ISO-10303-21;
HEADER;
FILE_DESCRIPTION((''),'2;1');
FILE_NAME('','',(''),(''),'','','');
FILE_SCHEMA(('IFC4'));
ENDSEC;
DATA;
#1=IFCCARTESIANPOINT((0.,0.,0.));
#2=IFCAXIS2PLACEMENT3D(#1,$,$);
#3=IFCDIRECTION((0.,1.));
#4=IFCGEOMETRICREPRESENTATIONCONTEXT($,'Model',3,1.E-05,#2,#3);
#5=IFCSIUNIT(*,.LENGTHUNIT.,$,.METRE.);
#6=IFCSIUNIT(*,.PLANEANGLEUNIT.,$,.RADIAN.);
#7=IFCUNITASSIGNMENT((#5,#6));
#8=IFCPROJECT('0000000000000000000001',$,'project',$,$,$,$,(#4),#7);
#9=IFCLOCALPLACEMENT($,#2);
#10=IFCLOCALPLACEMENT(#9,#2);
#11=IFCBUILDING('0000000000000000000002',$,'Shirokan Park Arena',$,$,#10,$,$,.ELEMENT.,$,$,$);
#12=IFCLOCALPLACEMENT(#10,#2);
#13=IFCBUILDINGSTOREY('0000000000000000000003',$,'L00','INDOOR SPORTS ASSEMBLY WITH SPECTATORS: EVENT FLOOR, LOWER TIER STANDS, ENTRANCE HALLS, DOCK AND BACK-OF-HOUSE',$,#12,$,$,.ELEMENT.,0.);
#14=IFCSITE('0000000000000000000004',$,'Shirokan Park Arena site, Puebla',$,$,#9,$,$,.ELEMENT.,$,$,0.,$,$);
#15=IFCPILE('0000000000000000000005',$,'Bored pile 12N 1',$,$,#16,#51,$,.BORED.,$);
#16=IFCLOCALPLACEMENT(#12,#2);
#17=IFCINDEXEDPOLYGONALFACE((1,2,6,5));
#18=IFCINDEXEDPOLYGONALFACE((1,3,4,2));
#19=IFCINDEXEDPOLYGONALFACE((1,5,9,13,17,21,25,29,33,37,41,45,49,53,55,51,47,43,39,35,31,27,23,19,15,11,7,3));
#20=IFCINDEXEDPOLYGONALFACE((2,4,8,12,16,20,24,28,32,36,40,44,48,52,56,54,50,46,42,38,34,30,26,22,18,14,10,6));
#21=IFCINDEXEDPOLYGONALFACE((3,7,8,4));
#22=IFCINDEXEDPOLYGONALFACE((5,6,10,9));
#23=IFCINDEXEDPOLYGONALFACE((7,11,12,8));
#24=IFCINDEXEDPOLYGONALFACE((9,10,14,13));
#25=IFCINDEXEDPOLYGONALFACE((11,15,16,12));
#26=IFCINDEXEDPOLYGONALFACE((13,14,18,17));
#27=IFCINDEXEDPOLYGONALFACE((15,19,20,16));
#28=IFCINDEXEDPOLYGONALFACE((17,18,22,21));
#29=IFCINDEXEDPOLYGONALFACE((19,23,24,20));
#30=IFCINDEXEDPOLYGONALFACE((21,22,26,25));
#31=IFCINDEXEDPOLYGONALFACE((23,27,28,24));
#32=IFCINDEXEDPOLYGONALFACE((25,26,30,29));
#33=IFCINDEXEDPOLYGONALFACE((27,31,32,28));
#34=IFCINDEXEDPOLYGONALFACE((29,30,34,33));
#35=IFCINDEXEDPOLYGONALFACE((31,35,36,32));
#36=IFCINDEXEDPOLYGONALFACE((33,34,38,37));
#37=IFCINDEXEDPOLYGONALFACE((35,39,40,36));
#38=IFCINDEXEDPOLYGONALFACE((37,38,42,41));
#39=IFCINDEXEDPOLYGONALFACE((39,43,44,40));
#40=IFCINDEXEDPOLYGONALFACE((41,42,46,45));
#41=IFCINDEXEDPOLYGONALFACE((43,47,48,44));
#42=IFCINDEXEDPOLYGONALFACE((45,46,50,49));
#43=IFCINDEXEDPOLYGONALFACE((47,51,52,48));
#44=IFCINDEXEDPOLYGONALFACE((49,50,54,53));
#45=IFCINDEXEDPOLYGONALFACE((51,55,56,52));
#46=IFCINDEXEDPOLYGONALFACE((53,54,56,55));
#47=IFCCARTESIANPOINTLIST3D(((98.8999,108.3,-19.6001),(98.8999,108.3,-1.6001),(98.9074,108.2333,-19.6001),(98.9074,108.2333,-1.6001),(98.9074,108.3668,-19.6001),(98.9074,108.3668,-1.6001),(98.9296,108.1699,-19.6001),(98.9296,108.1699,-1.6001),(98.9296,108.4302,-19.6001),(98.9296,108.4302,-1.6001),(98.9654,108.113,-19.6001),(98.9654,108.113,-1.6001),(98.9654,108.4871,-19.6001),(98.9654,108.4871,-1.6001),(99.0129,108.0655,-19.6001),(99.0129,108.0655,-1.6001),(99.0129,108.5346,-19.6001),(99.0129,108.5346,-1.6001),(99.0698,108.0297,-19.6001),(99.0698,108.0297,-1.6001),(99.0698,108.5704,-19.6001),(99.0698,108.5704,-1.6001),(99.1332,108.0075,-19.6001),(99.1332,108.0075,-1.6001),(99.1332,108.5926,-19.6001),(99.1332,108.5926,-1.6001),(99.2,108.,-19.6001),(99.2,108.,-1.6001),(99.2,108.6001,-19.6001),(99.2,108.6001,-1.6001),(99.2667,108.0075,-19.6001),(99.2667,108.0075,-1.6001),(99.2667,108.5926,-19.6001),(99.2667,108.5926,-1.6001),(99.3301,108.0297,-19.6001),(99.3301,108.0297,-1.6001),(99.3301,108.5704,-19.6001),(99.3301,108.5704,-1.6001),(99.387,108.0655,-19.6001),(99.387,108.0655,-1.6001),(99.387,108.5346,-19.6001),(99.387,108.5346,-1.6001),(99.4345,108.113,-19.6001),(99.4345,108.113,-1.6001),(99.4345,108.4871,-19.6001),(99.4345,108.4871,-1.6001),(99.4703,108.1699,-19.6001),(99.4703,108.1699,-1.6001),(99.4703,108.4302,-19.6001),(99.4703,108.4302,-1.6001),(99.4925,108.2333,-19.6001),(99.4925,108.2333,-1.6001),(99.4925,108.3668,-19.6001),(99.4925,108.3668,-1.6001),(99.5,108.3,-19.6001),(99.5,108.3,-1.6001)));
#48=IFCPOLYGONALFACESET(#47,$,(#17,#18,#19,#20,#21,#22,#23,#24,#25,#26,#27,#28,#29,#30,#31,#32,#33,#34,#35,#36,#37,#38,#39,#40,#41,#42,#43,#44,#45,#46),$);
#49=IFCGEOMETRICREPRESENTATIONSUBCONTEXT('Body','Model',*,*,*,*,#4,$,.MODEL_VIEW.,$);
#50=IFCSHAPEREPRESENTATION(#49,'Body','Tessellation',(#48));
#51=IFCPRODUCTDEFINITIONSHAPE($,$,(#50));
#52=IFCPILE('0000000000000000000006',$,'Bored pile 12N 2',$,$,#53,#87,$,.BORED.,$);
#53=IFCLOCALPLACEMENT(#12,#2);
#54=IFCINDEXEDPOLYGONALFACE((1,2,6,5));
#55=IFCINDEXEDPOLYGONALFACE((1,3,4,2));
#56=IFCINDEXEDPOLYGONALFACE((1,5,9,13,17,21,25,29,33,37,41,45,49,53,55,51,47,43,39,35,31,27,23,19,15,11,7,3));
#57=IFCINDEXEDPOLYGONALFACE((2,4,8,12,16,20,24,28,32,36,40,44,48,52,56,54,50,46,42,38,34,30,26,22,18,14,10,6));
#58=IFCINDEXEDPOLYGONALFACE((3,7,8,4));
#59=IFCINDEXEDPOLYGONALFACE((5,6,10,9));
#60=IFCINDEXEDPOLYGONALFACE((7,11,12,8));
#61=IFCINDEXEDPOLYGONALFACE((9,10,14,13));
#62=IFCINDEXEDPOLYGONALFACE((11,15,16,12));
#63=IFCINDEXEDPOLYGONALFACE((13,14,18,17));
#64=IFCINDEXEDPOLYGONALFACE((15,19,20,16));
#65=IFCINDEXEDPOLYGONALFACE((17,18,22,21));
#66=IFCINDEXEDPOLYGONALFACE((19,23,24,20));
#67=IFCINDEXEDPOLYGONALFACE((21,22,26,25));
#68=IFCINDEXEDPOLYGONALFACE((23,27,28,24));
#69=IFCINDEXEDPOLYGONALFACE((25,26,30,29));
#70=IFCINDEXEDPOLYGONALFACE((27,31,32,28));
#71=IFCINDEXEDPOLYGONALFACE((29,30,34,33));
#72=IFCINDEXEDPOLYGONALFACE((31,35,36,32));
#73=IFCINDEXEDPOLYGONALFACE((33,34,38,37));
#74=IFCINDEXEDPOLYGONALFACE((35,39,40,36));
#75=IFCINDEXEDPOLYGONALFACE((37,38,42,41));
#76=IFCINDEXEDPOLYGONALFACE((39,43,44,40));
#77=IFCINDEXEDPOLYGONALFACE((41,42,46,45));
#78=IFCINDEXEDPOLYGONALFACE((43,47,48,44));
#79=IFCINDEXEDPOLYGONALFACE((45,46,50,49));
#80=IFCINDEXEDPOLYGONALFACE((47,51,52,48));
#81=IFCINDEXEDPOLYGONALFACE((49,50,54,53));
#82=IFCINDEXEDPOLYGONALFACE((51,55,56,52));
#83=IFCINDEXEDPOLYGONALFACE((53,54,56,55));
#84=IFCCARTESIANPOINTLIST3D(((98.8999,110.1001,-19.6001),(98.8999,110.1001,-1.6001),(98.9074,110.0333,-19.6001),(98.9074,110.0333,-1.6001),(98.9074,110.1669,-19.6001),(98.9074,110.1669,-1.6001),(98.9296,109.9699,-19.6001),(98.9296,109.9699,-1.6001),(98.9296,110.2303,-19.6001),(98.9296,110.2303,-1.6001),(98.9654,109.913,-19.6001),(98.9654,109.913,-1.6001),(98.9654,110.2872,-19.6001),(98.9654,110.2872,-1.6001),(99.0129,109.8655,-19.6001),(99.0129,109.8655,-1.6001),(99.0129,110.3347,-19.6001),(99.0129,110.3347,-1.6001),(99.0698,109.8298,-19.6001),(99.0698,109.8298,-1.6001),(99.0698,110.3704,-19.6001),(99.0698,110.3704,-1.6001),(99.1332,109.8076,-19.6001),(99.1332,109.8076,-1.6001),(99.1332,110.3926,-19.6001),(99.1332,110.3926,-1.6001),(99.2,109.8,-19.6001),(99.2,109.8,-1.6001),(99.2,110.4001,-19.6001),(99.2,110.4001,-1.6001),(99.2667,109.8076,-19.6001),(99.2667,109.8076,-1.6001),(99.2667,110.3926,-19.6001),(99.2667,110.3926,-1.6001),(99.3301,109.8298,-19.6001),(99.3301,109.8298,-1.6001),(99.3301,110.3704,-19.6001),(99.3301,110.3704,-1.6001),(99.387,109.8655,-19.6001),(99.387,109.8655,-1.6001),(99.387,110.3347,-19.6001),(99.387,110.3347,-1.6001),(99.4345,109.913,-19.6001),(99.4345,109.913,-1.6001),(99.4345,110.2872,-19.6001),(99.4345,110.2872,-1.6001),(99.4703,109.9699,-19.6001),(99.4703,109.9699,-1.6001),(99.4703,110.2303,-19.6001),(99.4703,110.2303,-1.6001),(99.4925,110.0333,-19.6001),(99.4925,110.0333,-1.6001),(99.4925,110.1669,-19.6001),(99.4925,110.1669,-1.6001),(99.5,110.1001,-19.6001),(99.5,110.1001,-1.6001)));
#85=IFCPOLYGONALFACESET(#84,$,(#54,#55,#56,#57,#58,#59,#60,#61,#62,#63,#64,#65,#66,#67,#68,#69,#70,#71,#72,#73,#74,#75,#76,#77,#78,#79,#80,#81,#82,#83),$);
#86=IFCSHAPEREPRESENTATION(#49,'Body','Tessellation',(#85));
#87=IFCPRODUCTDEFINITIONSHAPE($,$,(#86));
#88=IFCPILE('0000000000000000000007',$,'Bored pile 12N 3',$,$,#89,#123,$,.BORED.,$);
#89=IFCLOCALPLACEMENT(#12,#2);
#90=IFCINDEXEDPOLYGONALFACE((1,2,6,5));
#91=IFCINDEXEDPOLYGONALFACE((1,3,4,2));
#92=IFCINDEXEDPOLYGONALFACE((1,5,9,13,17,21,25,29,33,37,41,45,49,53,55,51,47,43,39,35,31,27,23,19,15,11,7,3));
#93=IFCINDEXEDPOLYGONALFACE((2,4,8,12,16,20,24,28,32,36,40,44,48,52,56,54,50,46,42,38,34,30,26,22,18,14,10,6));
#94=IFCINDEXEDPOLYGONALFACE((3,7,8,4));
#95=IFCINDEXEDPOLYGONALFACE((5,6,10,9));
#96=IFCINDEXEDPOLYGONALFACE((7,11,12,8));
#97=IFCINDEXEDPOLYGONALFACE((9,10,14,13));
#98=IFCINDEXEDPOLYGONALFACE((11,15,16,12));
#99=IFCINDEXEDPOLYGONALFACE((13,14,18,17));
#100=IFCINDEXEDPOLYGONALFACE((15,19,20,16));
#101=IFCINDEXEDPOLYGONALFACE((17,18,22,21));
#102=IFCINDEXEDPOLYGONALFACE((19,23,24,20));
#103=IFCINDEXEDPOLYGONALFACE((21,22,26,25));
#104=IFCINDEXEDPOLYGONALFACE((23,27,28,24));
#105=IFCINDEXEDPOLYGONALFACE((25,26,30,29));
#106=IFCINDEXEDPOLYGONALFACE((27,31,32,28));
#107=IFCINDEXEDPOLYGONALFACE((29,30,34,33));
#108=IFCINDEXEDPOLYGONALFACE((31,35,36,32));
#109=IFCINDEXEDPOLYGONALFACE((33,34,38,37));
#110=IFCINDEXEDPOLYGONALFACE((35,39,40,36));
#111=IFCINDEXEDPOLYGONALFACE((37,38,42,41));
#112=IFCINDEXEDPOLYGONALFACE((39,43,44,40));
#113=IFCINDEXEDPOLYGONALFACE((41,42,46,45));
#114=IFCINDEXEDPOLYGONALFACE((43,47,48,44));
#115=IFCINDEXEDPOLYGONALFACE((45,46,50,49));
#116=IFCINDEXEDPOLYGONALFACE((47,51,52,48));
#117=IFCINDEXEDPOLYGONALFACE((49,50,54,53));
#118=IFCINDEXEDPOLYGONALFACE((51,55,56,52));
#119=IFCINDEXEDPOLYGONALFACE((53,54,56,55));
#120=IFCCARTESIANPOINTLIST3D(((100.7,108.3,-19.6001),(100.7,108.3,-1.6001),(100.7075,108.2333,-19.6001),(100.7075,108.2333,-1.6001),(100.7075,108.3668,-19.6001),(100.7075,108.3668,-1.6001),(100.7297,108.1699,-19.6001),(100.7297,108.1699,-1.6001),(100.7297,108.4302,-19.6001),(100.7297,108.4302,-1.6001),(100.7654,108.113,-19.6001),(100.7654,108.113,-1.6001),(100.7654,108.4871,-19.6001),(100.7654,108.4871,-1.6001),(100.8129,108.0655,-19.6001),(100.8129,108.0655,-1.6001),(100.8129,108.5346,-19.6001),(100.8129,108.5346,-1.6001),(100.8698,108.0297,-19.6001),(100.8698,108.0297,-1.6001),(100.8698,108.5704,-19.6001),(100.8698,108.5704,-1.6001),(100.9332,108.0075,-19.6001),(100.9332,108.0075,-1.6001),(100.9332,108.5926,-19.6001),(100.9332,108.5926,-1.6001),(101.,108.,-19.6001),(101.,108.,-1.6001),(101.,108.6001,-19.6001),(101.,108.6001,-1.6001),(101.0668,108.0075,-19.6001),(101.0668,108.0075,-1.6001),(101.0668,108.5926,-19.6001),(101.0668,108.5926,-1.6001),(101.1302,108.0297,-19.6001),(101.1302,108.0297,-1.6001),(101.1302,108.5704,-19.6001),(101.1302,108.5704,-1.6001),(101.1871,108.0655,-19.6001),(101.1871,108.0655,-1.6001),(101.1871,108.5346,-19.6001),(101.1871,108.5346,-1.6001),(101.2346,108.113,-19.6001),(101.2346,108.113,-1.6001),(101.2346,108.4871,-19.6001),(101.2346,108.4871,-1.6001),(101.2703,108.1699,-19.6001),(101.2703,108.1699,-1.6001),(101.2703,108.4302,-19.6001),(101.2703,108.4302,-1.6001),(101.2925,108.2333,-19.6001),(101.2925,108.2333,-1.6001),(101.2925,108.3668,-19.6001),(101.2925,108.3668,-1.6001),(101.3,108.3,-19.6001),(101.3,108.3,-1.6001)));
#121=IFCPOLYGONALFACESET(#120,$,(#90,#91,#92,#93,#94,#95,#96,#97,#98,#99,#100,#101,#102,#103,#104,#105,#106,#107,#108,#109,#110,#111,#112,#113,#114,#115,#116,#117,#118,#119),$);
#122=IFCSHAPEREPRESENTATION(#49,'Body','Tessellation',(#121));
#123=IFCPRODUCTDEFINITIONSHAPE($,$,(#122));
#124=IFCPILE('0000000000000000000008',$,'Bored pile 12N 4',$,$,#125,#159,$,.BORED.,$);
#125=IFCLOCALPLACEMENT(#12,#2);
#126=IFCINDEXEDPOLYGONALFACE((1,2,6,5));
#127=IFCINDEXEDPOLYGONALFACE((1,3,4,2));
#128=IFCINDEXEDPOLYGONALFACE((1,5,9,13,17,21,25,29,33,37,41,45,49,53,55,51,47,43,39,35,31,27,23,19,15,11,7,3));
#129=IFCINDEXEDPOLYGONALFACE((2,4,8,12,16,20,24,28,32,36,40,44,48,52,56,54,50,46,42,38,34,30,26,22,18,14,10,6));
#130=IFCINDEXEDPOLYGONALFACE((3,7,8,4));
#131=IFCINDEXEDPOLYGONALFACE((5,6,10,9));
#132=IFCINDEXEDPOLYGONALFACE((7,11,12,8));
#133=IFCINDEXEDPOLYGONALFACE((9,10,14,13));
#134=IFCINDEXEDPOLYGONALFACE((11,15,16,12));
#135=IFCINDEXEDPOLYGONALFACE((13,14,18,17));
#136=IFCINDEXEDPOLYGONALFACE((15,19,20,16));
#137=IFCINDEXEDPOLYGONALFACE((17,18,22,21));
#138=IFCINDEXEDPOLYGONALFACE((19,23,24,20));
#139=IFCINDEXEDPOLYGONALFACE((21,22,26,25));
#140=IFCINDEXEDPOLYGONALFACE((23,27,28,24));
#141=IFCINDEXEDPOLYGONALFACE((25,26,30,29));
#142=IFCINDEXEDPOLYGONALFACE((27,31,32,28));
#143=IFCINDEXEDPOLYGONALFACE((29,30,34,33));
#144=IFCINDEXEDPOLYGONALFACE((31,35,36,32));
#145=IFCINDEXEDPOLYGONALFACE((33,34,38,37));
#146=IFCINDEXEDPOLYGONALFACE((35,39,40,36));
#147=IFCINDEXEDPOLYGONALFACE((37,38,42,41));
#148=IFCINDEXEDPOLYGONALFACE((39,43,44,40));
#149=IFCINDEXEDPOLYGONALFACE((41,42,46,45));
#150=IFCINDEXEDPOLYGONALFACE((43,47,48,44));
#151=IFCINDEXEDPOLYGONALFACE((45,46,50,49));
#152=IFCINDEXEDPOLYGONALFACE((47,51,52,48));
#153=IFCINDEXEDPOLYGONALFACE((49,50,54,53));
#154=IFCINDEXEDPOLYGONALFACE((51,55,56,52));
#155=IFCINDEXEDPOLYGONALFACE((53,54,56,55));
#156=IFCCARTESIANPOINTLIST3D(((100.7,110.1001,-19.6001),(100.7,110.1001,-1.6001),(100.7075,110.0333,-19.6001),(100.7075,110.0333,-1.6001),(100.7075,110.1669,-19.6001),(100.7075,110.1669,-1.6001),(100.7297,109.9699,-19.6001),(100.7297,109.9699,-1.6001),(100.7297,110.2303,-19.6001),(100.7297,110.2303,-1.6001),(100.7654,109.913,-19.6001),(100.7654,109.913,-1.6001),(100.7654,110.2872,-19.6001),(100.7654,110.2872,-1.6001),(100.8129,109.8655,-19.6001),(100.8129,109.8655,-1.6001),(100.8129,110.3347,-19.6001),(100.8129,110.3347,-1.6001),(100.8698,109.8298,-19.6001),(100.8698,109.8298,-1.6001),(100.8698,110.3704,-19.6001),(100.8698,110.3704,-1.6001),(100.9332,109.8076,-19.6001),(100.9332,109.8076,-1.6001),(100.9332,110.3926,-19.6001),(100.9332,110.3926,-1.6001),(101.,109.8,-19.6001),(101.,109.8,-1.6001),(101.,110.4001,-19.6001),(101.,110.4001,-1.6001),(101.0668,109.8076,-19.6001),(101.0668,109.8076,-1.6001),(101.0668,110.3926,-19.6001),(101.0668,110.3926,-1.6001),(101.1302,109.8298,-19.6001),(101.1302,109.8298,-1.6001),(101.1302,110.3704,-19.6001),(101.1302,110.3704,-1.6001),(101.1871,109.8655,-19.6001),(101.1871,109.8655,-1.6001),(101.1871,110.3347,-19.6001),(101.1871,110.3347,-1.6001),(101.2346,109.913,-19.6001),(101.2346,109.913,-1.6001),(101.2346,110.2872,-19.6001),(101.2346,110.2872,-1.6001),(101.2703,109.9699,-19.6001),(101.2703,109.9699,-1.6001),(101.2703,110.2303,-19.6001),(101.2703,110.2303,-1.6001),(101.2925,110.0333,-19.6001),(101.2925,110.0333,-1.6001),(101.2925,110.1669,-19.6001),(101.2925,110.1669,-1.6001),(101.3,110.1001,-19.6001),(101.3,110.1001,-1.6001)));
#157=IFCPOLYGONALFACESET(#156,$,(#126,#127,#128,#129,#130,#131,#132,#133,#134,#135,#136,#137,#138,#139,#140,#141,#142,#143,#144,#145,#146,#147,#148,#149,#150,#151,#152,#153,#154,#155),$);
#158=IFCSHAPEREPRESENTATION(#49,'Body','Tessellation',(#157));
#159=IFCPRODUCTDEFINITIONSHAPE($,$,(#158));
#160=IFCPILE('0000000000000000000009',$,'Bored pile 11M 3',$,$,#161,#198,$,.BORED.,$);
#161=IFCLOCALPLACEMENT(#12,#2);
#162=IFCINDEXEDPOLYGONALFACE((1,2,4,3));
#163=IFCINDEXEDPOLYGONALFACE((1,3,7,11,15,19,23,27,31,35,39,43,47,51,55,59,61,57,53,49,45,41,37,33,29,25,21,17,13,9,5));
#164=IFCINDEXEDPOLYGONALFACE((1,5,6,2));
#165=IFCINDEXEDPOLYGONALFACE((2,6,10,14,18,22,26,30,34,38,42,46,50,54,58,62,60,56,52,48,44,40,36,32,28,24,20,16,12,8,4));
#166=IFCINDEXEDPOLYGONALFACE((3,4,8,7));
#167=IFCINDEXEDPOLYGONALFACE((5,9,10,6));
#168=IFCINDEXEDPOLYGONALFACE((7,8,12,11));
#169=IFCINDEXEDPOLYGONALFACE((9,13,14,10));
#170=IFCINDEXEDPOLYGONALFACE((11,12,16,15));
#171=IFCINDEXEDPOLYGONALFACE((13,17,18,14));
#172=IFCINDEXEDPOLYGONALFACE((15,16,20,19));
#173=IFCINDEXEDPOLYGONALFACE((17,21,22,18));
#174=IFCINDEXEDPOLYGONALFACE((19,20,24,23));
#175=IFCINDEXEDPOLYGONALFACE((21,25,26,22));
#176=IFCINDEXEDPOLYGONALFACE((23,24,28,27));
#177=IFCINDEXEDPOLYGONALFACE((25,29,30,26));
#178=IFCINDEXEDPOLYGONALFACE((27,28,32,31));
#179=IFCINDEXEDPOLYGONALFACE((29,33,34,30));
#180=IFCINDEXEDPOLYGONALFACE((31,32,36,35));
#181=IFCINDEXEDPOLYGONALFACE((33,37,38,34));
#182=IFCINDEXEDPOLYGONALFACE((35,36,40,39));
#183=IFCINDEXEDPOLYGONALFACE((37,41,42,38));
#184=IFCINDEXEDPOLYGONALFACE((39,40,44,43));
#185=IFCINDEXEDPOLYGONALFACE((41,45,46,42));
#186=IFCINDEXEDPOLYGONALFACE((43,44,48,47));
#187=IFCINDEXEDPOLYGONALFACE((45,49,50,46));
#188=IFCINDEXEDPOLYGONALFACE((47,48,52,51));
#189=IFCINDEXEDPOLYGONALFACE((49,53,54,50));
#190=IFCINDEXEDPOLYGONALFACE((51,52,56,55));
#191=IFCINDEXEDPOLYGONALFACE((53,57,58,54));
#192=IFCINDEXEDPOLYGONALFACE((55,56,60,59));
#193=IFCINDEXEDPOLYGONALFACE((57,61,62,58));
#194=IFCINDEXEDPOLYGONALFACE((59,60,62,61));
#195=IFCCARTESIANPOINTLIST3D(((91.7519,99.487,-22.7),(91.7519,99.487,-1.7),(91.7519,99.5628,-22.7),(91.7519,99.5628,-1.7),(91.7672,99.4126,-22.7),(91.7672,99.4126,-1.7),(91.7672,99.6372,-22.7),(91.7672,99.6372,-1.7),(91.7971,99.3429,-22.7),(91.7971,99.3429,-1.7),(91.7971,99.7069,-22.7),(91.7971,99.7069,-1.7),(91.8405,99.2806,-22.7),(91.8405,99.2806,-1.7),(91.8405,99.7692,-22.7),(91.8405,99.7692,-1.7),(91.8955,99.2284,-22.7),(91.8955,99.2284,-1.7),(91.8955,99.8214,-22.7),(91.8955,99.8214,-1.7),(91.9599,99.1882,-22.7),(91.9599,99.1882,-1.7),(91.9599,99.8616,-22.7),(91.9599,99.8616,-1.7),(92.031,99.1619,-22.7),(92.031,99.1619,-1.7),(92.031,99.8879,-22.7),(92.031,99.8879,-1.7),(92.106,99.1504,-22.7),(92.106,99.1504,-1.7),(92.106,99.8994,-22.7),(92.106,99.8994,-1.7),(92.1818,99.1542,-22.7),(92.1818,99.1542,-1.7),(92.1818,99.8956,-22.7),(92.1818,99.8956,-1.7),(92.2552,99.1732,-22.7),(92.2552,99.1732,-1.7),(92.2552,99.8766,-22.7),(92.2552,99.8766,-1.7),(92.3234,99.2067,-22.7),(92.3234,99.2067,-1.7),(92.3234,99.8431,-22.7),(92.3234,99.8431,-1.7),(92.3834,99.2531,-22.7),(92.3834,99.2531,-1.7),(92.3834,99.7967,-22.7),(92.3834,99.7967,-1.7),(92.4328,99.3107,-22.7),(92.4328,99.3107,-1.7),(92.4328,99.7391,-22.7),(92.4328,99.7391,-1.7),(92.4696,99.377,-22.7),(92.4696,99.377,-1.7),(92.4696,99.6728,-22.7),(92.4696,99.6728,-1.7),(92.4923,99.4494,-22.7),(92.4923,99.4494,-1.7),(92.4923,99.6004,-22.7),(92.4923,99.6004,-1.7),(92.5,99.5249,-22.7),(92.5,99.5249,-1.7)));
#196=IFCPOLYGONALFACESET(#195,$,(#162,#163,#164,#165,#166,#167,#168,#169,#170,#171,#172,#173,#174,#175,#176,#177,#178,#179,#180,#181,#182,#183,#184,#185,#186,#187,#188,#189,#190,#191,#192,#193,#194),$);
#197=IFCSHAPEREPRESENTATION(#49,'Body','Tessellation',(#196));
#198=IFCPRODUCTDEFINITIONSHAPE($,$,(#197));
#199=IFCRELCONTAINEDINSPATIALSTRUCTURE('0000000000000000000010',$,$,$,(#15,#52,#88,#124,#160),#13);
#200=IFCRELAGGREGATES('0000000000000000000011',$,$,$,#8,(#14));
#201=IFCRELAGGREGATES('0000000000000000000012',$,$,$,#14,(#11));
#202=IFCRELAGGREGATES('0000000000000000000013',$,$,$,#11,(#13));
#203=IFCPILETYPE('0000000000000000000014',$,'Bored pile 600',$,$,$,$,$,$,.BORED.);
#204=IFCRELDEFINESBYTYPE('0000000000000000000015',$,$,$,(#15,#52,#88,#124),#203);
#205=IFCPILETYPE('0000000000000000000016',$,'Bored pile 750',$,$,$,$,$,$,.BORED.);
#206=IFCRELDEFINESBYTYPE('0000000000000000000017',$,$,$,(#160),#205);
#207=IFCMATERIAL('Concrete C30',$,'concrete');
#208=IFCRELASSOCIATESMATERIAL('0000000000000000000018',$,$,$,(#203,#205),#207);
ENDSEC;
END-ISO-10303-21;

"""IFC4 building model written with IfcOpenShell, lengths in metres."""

from ifc_helpers import new_model, si_unit, direction, frame, origin, origin_2d, place, context, subcontext, project, spatial, circle, extrude, material, material_profile, profile_set, type_object, element, save


model = new_model("IFC4")

# Units and contexts
model_context = context("Model", 3, precision=1e-05, world=origin(), true_north=direction((0.0, 1.0)))
body_context = subcontext(model_context, "Body", "Model", "MODEL_VIEW")
ifc_project = project(units=[si_unit("LENGTHUNIT", "METRE"), si_unit("PLANEANGLEUNIT", "RADIAN")], contexts=[model_context])

# Site, building, storey
site_placement = place(None, origin())
site = spatial("IfcSite", under=ifc_project, at=site_placement, Name="Shirokan Park Arena site, Puebla", CompositionType="ELEMENT", RefElevation=0.0)
building_placement = place(site_placement, origin())
building = spatial("IfcBuilding", under=site, at=building_placement, Name="Shirokan Park Arena", CompositionType="ELEMENT")
storey_placement = place(building_placement, origin())
storey = spatial("IfcBuildingStorey", under=building, at=storey_placement, Name="L00", Description="INDOOR SPORTS ASSEMBLY WITH SPECTATORS: EVENT FLOOR, LOWER TIER STANDS, ENTRANCE HALLS, DOCK AND BACK-OF-HOUSE", CompositionType="ELEMENT", Elevation=0.0)

# Piles
ifc_material_1 = material(Name="Concrete C30", Category="concrete")
ifc_material_profile_1 = material_profile(ifc_material_1, circle(Radius=0.3, at=origin_2d()), Name="D600")
ifc_profile_set_1 = profile_set([ifc_material_profile_1], Name="Concrete C30")
pile_type_1 = type_object("IfcPileType", Name="Bored pile 600", PredefinedType="BORED", material=ifc_profile_set_1)
for number, where, z_axis, x_axis, name in (
    (1, (99.2, 108.3, -1.6001), (0.0, 0.0, -1.0), (1.0, 0.0, 0.0), "Bored pile 12N 1"),
    (2, (99.2, 110.1001, -1.6001), (0.0, 0.0, -1.0), (1.0, 0.0, 0.0), "Bored pile 12N 2"),
    (3, (101.0, 108.3, -1.6001), (0.0, 0.0, -1.0), (1.0, 0.0, 0.0), "Bored pile 12N 3"),
    (4, (101.0, 110.1001, -1.6001), (0.0, 0.0, -1.0), (1.0, 0.0, 0.0), "Bored pile 12N 4"),
):
    element("IfcPile", number, at=place(storey_placement, frame(where, z_axis=z_axis, x_axis=x_axis)), inside=storey, type_object=pile_type_1, Name=name, PredefinedType="BORED", context=body_context, shape_type="SweptSolid", body=[
        extrude(circle(Radius=0.3, at=origin_2d()), origin(), (0.0, 0.0, 1.0), 18.0),
    ])
ifc_material_profile_2 = material_profile(ifc_material_1, circle(Radius=0.375, at=origin_2d()), Name="D750")
ifc_profile_set_2 = profile_set([ifc_material_profile_2], Name="Concrete C30")
pile_type_2 = type_object("IfcPileType", Name="Bored pile 750", PredefinedType="BORED", material=ifc_profile_set_2)
for number, where, z_axis, x_axis, name in (
    (5, (92.125, 99.5249, -1.7), (0.0, 0.0, -1.0), (1.0, 0.0, 0.0), "Bored pile 11M 3"),
):
    element("IfcPile", number, at=place(storey_placement, frame(where, z_axis=z_axis, x_axis=x_axis)), inside=storey, type_object=pile_type_2, Name=name, PredefinedType="BORED", context=body_context, shape_type="SweptSolid", body=[
        extrude(circle(Radius=0.375, at=origin_2d()), origin(), (0.0, 0.0, 1.0), 21.0),
    ])

save(model, "model.ifc")
